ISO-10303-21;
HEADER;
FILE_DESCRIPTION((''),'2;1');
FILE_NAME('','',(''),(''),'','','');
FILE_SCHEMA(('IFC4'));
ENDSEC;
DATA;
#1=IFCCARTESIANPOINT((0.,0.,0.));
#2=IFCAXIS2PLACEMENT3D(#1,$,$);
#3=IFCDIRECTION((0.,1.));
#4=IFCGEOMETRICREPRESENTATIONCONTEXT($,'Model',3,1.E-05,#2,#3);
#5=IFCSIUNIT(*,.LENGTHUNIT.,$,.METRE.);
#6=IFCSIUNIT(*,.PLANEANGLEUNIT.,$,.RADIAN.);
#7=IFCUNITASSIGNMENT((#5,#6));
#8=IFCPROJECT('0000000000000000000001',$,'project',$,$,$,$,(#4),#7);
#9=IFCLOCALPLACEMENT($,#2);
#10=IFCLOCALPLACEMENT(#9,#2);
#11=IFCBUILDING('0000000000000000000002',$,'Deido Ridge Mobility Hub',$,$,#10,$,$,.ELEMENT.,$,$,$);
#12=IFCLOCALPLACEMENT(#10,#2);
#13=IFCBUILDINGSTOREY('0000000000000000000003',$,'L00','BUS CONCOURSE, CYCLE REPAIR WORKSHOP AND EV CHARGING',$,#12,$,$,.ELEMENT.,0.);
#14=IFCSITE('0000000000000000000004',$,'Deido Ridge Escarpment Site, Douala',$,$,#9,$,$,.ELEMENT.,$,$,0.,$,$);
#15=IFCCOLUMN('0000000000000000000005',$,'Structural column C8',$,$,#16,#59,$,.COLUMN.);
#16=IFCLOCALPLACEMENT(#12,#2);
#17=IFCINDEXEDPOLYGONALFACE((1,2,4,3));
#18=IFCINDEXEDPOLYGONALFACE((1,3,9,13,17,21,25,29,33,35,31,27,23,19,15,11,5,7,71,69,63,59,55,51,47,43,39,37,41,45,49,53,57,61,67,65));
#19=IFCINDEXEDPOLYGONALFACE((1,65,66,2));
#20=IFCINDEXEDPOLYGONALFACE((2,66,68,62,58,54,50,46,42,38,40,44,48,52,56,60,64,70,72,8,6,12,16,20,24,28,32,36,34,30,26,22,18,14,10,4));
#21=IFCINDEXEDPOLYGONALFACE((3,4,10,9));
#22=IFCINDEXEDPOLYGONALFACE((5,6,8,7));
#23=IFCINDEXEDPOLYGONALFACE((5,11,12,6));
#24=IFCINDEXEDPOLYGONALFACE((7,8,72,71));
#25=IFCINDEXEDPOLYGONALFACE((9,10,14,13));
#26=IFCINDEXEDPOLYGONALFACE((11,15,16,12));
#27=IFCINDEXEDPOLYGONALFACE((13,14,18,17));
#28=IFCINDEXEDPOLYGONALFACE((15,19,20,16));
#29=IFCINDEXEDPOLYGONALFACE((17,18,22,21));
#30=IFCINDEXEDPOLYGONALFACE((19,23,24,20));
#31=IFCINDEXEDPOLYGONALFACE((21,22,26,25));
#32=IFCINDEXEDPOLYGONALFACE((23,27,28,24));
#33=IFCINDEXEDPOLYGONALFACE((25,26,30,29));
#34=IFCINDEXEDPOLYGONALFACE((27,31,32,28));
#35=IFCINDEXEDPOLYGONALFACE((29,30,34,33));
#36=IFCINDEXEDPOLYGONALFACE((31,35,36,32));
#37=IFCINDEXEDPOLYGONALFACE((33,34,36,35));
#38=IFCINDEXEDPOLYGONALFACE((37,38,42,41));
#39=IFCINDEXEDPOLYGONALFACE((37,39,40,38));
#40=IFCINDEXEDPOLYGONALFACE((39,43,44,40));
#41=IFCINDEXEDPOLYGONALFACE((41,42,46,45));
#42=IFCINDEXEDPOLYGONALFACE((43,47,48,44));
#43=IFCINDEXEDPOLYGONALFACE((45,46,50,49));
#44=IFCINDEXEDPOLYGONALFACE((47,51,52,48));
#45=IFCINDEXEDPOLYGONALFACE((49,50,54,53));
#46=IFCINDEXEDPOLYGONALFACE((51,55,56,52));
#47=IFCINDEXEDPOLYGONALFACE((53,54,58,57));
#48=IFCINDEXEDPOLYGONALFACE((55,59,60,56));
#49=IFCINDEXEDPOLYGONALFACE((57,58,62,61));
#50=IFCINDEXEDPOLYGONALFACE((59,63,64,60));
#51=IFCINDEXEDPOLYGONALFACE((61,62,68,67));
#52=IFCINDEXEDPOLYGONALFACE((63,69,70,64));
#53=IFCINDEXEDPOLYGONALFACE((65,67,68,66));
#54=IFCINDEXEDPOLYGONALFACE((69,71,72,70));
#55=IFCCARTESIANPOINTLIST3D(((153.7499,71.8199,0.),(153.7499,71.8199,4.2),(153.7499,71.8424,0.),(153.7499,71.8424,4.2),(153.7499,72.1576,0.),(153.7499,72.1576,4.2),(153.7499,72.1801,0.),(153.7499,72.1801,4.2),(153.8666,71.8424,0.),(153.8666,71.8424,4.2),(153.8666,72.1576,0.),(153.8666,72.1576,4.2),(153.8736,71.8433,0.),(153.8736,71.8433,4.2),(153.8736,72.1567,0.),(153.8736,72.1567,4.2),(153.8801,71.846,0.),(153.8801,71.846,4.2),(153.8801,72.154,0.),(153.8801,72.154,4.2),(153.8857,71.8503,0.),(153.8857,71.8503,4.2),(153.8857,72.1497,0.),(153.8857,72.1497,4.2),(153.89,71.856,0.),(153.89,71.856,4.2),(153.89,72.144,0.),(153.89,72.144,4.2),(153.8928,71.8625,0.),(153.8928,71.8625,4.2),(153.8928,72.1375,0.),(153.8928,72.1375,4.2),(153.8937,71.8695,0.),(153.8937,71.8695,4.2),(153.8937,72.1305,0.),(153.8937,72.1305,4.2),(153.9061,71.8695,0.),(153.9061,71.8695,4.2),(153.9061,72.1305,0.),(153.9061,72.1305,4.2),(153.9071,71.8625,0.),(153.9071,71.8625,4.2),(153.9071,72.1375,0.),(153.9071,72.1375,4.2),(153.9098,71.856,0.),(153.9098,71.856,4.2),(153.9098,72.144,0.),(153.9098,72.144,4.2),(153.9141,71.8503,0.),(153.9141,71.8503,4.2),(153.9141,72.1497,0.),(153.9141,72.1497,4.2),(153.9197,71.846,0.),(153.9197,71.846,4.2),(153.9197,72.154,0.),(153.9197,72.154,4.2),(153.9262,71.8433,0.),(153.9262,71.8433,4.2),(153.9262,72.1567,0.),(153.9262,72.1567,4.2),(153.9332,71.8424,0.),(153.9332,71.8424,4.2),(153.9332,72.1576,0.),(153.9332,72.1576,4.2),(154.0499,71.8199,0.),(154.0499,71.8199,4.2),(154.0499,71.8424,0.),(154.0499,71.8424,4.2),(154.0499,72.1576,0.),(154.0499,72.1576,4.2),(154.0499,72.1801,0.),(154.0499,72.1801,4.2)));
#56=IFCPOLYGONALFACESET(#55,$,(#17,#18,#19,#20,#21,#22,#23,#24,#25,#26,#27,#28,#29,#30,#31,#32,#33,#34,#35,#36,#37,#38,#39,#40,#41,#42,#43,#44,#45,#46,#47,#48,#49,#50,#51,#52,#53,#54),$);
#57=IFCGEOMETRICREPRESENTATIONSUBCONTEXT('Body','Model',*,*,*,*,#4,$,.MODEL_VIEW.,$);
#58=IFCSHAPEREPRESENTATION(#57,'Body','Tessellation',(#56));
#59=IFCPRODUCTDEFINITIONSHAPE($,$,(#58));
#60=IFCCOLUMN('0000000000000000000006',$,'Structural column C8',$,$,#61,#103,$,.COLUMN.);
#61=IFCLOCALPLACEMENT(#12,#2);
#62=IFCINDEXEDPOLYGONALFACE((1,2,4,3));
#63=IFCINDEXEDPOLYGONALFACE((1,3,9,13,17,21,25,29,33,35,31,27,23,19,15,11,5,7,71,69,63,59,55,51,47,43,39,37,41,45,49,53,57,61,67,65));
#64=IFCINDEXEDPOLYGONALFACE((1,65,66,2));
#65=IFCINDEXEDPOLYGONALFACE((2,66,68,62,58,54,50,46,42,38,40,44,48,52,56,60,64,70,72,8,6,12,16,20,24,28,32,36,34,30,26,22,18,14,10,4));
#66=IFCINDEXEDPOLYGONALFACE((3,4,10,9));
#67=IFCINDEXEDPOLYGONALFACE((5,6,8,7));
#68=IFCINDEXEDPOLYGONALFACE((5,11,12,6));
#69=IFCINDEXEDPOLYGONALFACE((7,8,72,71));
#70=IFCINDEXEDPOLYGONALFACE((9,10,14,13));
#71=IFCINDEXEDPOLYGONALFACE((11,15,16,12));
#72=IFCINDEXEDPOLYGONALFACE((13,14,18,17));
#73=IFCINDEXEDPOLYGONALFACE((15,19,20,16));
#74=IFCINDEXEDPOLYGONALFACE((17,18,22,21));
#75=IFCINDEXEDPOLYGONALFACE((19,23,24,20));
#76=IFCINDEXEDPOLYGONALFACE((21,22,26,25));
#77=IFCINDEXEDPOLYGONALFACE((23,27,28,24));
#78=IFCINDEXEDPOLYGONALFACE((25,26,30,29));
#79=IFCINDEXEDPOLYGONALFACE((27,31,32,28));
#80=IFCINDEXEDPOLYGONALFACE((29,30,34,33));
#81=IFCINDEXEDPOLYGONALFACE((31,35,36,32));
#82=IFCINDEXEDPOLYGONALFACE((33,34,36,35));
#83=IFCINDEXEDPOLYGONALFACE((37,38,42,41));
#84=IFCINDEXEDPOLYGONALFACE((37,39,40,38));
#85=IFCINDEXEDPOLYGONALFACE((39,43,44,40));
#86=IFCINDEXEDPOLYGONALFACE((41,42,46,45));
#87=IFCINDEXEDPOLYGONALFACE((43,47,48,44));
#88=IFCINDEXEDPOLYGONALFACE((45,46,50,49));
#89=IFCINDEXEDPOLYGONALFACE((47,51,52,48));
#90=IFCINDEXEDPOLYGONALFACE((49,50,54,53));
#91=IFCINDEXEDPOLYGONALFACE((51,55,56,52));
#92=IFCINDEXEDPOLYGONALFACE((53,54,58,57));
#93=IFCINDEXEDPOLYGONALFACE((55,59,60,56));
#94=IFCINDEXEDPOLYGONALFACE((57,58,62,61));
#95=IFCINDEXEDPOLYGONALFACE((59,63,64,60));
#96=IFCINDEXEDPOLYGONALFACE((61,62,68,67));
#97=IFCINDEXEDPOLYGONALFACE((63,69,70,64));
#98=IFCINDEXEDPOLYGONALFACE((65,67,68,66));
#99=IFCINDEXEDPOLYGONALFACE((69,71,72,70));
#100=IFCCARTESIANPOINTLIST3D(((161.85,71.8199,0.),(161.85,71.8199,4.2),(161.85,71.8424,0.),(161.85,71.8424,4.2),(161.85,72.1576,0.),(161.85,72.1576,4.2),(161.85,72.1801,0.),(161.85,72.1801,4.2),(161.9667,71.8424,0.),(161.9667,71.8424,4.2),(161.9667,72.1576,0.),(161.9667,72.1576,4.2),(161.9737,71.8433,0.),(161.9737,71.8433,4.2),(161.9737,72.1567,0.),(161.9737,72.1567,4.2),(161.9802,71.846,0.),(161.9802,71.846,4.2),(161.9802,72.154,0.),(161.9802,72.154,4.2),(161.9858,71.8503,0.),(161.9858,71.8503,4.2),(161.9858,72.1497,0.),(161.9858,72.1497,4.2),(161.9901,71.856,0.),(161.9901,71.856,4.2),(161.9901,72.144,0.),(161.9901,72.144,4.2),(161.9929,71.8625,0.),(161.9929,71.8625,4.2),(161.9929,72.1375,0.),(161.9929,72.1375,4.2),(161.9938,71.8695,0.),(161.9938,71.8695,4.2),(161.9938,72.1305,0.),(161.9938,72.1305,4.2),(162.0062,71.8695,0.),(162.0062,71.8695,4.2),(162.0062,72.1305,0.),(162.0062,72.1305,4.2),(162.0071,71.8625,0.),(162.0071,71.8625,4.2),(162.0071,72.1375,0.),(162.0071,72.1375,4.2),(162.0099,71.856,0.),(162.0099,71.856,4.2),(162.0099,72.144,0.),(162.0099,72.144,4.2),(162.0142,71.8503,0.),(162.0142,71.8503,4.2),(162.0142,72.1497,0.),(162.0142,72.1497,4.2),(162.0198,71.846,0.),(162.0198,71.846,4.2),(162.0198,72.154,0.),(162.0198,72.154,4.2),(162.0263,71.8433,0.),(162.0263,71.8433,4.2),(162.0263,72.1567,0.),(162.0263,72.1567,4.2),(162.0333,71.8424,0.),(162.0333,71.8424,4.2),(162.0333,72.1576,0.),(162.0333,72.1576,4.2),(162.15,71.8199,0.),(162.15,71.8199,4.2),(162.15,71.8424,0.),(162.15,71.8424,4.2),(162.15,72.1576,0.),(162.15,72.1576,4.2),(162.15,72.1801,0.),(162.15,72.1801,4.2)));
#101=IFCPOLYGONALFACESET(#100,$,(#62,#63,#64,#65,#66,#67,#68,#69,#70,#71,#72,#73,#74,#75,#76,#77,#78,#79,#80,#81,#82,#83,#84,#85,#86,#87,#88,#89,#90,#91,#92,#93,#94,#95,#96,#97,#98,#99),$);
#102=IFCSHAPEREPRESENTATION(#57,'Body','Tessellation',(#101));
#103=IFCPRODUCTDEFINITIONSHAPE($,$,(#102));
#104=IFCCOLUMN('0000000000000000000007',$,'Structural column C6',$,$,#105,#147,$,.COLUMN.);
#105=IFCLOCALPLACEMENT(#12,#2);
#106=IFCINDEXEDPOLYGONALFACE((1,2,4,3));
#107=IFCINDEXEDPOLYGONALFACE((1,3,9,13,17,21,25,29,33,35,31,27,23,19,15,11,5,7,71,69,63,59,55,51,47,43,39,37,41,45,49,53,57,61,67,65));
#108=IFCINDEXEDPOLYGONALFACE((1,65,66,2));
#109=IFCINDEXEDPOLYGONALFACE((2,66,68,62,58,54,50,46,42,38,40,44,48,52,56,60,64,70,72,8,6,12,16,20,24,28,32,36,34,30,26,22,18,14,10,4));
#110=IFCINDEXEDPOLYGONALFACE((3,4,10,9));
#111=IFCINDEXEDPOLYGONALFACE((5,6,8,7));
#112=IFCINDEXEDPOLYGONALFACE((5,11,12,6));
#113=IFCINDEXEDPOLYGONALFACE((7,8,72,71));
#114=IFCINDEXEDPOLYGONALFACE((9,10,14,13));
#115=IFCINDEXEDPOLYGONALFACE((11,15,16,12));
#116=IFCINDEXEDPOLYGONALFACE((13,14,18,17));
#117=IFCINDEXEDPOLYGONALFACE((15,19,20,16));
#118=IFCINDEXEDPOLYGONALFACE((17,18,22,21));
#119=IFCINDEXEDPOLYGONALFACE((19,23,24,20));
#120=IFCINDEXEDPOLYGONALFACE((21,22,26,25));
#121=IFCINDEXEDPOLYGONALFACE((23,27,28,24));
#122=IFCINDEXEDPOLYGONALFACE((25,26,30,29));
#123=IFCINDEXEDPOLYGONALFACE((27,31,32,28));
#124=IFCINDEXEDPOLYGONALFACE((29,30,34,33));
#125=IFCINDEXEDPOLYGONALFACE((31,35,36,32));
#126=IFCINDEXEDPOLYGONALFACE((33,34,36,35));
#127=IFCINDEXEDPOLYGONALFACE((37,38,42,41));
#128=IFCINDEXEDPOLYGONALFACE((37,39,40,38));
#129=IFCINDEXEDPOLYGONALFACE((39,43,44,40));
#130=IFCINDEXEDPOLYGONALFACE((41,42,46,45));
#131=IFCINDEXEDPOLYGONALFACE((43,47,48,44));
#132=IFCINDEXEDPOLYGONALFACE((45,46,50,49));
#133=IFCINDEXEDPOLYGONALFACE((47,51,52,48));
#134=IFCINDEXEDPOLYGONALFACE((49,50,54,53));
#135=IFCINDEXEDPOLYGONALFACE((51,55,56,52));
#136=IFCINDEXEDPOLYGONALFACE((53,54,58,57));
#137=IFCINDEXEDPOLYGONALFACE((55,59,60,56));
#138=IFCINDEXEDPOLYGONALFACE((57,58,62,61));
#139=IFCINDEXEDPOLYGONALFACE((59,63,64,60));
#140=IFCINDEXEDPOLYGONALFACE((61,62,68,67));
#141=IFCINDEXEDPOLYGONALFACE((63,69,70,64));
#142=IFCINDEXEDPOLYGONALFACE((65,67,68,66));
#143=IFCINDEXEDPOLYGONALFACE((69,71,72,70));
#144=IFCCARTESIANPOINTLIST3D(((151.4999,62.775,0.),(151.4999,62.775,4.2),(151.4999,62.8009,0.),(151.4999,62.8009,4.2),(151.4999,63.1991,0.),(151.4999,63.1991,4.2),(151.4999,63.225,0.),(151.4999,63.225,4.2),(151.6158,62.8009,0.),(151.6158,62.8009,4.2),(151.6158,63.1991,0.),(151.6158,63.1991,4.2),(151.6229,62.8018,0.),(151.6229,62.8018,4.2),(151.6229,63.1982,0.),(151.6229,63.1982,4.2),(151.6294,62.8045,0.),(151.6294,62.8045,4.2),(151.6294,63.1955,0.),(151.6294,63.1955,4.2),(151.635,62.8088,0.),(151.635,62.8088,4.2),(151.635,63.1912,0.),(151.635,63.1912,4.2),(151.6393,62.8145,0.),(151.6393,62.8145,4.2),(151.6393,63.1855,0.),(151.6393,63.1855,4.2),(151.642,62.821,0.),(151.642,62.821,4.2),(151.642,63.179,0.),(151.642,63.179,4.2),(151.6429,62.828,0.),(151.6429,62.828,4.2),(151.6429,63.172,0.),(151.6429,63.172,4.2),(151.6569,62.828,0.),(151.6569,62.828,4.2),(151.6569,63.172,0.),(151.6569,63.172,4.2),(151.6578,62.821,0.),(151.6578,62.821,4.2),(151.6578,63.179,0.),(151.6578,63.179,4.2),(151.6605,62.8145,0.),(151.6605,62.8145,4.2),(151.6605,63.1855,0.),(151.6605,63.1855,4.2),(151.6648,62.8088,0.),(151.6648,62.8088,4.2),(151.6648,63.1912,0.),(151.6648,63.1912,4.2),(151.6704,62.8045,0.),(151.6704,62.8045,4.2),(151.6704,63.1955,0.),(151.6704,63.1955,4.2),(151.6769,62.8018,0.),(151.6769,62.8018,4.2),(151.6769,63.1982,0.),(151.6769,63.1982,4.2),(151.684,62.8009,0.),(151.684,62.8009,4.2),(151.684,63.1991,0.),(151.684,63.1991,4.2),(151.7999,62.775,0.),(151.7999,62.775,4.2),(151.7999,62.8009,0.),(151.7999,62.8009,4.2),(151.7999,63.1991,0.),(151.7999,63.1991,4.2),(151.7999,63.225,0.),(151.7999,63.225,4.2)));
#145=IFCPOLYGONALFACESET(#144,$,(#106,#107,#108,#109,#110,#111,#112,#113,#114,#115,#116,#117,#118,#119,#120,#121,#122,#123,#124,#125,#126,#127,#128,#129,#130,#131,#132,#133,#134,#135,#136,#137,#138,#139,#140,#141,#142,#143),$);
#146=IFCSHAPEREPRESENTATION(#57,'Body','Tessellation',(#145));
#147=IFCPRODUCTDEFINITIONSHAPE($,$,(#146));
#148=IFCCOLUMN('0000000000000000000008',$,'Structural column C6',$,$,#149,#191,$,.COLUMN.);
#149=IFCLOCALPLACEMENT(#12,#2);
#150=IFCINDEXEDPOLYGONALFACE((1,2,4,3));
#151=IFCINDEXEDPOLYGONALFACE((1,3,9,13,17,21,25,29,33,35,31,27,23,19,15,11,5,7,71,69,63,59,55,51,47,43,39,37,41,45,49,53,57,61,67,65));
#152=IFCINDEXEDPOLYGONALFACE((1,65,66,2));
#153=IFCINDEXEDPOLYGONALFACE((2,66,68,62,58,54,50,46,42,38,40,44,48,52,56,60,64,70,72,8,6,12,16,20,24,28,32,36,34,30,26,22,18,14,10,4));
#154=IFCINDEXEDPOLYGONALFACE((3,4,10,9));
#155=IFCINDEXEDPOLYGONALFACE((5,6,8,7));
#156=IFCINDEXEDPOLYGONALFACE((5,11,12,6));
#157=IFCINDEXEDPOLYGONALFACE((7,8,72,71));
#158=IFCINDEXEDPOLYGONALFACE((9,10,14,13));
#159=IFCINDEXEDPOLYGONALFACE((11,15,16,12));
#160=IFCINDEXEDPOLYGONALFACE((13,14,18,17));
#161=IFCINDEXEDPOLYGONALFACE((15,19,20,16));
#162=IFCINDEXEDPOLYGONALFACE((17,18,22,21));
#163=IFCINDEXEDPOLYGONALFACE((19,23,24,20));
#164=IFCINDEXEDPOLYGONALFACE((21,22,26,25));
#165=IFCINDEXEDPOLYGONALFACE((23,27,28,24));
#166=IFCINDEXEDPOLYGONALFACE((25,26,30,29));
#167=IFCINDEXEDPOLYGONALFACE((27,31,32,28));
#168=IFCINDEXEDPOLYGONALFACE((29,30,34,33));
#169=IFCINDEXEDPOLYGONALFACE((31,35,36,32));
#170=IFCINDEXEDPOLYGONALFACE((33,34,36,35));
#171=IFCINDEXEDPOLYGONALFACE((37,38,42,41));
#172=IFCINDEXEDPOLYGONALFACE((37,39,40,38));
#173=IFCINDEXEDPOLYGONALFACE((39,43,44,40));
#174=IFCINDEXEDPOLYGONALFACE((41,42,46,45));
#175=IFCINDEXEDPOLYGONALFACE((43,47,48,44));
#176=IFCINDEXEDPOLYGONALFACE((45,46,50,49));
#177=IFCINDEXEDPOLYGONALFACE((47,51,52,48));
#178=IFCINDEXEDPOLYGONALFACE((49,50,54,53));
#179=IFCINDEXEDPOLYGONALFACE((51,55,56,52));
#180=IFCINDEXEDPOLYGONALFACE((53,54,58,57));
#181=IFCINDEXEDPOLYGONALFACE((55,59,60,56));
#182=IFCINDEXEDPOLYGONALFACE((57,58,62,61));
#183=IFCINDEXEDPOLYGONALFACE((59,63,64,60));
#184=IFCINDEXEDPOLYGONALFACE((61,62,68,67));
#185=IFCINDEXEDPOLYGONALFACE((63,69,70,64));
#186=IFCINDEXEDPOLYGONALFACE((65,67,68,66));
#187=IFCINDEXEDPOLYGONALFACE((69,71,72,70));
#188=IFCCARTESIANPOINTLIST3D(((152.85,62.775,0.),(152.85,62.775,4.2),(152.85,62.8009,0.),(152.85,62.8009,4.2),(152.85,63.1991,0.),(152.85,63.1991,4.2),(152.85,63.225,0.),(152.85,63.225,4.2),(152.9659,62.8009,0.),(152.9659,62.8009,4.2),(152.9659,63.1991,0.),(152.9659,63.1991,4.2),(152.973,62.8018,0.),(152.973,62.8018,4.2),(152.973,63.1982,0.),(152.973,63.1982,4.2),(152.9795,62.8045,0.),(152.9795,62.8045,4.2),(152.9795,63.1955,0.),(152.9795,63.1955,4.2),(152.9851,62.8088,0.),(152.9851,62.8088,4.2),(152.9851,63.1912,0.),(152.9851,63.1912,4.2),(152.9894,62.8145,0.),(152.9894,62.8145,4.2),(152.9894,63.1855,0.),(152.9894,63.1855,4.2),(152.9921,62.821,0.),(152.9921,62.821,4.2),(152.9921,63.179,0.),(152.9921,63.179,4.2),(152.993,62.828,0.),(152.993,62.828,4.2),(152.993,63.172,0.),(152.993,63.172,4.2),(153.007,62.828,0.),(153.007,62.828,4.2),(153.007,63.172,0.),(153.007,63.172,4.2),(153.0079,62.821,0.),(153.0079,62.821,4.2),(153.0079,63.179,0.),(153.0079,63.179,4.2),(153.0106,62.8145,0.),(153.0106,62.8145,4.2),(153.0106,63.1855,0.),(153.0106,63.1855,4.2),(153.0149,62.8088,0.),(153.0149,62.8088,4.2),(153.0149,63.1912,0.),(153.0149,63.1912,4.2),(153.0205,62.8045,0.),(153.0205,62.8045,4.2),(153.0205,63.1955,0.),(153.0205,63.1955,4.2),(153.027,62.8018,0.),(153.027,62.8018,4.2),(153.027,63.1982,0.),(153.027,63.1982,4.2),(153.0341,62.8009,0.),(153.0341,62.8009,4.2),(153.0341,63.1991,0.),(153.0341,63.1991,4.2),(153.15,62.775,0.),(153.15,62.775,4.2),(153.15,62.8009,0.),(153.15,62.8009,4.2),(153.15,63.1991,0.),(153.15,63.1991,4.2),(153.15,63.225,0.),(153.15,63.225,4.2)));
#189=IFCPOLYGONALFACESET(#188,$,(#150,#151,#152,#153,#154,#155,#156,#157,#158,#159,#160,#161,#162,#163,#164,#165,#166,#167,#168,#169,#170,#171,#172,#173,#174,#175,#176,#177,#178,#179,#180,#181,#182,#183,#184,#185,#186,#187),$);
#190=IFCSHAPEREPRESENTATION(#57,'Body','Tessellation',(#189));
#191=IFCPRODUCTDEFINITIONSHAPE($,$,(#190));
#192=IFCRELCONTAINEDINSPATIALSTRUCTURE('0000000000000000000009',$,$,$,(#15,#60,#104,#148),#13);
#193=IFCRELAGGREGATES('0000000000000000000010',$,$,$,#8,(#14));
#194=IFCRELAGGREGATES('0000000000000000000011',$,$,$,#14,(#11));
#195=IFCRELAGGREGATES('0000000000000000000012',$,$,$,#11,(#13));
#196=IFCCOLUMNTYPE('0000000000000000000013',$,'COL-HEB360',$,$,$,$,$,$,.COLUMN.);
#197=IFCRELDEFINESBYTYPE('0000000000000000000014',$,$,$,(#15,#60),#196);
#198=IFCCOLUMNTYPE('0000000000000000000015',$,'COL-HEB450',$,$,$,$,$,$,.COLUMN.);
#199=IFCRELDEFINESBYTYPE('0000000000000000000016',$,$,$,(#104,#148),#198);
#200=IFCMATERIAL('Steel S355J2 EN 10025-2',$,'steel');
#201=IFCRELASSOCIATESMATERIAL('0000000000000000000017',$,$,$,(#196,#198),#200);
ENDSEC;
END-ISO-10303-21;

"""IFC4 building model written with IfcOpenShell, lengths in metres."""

from ifc_helpers import new_model, si_unit, direction, frame, origin, origin_2d, place, context, subcontext, project, spatial, i_section, extrude, material, material_profile, profile_set, type_object, element, save


model = new_model("IFC4")

# Units and contexts
model_context = context("Model", 3, precision=1e-05, world=origin(), true_north=direction((0.0, 1.0)))
body_context = subcontext(model_context, "Body", "Model", "MODEL_VIEW")
ifc_project = project(units=[si_unit("LENGTHUNIT", "METRE"), si_unit("PLANEANGLEUNIT", "RADIAN")], contexts=[model_context])

# Site, building, storey
site_placement = place(None, origin())
site = spatial("IfcSite", under=ifc_project, at=site_placement, Name="Deido Ridge Escarpment Site, Douala", CompositionType="ELEMENT", RefElevation=0.0)
building_placement = place(site_placement, origin())
building = spatial("IfcBuilding", under=site, at=building_placement, Name="Deido Ridge Mobility Hub", CompositionType="ELEMENT")
storey_placement = place(building_placement, origin())
storey = spatial("IfcBuildingStorey", under=building, at=storey_placement, Name="L00", Description="BUS CONCOURSE, CYCLE REPAIR WORKSHOP AND EV CHARGING", CompositionType="ELEMENT", Elevation=0.0)

# Columns
ifc_material_1 = material(Name="Steel S355J2 EN 10025-2", Category="steel")
ifc_material_profile_1 = material_profile(ifc_material_1, i_section(OverallWidth=0.3, OverallDepth=0.3601, WebThickness=0.0125, FlangeThickness=0.0225, FilletRadius=0.0271, at=origin_2d()), Name="HEB 360")
ifc_profile_set_1 = profile_set([ifc_material_profile_1], Name="Steel S355J2 EN 10025-2")
column_type_1 = type_object("IfcColumnType", Name="COL-HEB360", PredefinedType="COLUMN", material=ifc_profile_set_1)
for number, where, z_axis, x_axis, name in (
    (1, (153.8999, 72.0, 0.0), (0.0, 0.0, 1.0), (1.0, 0.0, 0.0), "Structural column C8"),
    (2, (162.0, 72.0, 0.0), (0.0, 0.0, 1.0), (1.0, 0.0, 0.0), "Structural column C8"),
):
    element("IfcColumn", number, at=place(storey_placement, frame(where, z_axis=z_axis, x_axis=x_axis)), inside=storey, type_object=column_type_1, Name=name, PredefinedType="COLUMN", context=body_context, shape_type="SweptSolid", body=[
        extrude(i_section(OverallWidth=0.3, OverallDepth=0.3601, WebThickness=0.0125, FlangeThickness=0.0225, FilletRadius=0.0271, at=origin_2d()), origin(), (0.0, 0.0, 1.0), 4.2),
    ])
ifc_material_profile_2 = material_profile(ifc_material_1, i_section(OverallWidth=0.3, OverallDepth=0.45, WebThickness=0.0139, FlangeThickness=0.0259, FilletRadius=0.0271, at=origin_2d()), Name="HEB 450")
ifc_profile_set_2 = profile_set([ifc_material_profile_2], Name="Steel S355J2 EN 10025-2")
column_type_2 = type_object("IfcColumnType", Name="COL-HEB450", PredefinedType="COLUMN", material=ifc_profile_set_2)
for number, where, z_axis, x_axis, name in (
    (3, (151.6499, 63.0, 0.0), (0.0, 0.0, 1.0), (1.0, 0.0, 0.0), "Structural column C6"),
    (4, (153.0, 63.0, 0.0), (0.0, 0.0, 1.0), (1.0, 0.0, 0.0), "Structural column C6"),
):
    element("IfcColumn", number, at=place(storey_placement, frame(where, z_axis=z_axis, x_axis=x_axis)), inside=storey, type_object=column_type_2, Name=name, PredefinedType="COLUMN", context=body_context, shape_type="SweptSolid", body=[
        extrude(i_section(OverallWidth=0.3, OverallDepth=0.45, WebThickness=0.0139, FlangeThickness=0.0259, FilletRadius=0.0271, at=origin_2d()), origin(), (0.0, 0.0, 1.0), 4.2),
    ])

save(model, "model.ifc")
